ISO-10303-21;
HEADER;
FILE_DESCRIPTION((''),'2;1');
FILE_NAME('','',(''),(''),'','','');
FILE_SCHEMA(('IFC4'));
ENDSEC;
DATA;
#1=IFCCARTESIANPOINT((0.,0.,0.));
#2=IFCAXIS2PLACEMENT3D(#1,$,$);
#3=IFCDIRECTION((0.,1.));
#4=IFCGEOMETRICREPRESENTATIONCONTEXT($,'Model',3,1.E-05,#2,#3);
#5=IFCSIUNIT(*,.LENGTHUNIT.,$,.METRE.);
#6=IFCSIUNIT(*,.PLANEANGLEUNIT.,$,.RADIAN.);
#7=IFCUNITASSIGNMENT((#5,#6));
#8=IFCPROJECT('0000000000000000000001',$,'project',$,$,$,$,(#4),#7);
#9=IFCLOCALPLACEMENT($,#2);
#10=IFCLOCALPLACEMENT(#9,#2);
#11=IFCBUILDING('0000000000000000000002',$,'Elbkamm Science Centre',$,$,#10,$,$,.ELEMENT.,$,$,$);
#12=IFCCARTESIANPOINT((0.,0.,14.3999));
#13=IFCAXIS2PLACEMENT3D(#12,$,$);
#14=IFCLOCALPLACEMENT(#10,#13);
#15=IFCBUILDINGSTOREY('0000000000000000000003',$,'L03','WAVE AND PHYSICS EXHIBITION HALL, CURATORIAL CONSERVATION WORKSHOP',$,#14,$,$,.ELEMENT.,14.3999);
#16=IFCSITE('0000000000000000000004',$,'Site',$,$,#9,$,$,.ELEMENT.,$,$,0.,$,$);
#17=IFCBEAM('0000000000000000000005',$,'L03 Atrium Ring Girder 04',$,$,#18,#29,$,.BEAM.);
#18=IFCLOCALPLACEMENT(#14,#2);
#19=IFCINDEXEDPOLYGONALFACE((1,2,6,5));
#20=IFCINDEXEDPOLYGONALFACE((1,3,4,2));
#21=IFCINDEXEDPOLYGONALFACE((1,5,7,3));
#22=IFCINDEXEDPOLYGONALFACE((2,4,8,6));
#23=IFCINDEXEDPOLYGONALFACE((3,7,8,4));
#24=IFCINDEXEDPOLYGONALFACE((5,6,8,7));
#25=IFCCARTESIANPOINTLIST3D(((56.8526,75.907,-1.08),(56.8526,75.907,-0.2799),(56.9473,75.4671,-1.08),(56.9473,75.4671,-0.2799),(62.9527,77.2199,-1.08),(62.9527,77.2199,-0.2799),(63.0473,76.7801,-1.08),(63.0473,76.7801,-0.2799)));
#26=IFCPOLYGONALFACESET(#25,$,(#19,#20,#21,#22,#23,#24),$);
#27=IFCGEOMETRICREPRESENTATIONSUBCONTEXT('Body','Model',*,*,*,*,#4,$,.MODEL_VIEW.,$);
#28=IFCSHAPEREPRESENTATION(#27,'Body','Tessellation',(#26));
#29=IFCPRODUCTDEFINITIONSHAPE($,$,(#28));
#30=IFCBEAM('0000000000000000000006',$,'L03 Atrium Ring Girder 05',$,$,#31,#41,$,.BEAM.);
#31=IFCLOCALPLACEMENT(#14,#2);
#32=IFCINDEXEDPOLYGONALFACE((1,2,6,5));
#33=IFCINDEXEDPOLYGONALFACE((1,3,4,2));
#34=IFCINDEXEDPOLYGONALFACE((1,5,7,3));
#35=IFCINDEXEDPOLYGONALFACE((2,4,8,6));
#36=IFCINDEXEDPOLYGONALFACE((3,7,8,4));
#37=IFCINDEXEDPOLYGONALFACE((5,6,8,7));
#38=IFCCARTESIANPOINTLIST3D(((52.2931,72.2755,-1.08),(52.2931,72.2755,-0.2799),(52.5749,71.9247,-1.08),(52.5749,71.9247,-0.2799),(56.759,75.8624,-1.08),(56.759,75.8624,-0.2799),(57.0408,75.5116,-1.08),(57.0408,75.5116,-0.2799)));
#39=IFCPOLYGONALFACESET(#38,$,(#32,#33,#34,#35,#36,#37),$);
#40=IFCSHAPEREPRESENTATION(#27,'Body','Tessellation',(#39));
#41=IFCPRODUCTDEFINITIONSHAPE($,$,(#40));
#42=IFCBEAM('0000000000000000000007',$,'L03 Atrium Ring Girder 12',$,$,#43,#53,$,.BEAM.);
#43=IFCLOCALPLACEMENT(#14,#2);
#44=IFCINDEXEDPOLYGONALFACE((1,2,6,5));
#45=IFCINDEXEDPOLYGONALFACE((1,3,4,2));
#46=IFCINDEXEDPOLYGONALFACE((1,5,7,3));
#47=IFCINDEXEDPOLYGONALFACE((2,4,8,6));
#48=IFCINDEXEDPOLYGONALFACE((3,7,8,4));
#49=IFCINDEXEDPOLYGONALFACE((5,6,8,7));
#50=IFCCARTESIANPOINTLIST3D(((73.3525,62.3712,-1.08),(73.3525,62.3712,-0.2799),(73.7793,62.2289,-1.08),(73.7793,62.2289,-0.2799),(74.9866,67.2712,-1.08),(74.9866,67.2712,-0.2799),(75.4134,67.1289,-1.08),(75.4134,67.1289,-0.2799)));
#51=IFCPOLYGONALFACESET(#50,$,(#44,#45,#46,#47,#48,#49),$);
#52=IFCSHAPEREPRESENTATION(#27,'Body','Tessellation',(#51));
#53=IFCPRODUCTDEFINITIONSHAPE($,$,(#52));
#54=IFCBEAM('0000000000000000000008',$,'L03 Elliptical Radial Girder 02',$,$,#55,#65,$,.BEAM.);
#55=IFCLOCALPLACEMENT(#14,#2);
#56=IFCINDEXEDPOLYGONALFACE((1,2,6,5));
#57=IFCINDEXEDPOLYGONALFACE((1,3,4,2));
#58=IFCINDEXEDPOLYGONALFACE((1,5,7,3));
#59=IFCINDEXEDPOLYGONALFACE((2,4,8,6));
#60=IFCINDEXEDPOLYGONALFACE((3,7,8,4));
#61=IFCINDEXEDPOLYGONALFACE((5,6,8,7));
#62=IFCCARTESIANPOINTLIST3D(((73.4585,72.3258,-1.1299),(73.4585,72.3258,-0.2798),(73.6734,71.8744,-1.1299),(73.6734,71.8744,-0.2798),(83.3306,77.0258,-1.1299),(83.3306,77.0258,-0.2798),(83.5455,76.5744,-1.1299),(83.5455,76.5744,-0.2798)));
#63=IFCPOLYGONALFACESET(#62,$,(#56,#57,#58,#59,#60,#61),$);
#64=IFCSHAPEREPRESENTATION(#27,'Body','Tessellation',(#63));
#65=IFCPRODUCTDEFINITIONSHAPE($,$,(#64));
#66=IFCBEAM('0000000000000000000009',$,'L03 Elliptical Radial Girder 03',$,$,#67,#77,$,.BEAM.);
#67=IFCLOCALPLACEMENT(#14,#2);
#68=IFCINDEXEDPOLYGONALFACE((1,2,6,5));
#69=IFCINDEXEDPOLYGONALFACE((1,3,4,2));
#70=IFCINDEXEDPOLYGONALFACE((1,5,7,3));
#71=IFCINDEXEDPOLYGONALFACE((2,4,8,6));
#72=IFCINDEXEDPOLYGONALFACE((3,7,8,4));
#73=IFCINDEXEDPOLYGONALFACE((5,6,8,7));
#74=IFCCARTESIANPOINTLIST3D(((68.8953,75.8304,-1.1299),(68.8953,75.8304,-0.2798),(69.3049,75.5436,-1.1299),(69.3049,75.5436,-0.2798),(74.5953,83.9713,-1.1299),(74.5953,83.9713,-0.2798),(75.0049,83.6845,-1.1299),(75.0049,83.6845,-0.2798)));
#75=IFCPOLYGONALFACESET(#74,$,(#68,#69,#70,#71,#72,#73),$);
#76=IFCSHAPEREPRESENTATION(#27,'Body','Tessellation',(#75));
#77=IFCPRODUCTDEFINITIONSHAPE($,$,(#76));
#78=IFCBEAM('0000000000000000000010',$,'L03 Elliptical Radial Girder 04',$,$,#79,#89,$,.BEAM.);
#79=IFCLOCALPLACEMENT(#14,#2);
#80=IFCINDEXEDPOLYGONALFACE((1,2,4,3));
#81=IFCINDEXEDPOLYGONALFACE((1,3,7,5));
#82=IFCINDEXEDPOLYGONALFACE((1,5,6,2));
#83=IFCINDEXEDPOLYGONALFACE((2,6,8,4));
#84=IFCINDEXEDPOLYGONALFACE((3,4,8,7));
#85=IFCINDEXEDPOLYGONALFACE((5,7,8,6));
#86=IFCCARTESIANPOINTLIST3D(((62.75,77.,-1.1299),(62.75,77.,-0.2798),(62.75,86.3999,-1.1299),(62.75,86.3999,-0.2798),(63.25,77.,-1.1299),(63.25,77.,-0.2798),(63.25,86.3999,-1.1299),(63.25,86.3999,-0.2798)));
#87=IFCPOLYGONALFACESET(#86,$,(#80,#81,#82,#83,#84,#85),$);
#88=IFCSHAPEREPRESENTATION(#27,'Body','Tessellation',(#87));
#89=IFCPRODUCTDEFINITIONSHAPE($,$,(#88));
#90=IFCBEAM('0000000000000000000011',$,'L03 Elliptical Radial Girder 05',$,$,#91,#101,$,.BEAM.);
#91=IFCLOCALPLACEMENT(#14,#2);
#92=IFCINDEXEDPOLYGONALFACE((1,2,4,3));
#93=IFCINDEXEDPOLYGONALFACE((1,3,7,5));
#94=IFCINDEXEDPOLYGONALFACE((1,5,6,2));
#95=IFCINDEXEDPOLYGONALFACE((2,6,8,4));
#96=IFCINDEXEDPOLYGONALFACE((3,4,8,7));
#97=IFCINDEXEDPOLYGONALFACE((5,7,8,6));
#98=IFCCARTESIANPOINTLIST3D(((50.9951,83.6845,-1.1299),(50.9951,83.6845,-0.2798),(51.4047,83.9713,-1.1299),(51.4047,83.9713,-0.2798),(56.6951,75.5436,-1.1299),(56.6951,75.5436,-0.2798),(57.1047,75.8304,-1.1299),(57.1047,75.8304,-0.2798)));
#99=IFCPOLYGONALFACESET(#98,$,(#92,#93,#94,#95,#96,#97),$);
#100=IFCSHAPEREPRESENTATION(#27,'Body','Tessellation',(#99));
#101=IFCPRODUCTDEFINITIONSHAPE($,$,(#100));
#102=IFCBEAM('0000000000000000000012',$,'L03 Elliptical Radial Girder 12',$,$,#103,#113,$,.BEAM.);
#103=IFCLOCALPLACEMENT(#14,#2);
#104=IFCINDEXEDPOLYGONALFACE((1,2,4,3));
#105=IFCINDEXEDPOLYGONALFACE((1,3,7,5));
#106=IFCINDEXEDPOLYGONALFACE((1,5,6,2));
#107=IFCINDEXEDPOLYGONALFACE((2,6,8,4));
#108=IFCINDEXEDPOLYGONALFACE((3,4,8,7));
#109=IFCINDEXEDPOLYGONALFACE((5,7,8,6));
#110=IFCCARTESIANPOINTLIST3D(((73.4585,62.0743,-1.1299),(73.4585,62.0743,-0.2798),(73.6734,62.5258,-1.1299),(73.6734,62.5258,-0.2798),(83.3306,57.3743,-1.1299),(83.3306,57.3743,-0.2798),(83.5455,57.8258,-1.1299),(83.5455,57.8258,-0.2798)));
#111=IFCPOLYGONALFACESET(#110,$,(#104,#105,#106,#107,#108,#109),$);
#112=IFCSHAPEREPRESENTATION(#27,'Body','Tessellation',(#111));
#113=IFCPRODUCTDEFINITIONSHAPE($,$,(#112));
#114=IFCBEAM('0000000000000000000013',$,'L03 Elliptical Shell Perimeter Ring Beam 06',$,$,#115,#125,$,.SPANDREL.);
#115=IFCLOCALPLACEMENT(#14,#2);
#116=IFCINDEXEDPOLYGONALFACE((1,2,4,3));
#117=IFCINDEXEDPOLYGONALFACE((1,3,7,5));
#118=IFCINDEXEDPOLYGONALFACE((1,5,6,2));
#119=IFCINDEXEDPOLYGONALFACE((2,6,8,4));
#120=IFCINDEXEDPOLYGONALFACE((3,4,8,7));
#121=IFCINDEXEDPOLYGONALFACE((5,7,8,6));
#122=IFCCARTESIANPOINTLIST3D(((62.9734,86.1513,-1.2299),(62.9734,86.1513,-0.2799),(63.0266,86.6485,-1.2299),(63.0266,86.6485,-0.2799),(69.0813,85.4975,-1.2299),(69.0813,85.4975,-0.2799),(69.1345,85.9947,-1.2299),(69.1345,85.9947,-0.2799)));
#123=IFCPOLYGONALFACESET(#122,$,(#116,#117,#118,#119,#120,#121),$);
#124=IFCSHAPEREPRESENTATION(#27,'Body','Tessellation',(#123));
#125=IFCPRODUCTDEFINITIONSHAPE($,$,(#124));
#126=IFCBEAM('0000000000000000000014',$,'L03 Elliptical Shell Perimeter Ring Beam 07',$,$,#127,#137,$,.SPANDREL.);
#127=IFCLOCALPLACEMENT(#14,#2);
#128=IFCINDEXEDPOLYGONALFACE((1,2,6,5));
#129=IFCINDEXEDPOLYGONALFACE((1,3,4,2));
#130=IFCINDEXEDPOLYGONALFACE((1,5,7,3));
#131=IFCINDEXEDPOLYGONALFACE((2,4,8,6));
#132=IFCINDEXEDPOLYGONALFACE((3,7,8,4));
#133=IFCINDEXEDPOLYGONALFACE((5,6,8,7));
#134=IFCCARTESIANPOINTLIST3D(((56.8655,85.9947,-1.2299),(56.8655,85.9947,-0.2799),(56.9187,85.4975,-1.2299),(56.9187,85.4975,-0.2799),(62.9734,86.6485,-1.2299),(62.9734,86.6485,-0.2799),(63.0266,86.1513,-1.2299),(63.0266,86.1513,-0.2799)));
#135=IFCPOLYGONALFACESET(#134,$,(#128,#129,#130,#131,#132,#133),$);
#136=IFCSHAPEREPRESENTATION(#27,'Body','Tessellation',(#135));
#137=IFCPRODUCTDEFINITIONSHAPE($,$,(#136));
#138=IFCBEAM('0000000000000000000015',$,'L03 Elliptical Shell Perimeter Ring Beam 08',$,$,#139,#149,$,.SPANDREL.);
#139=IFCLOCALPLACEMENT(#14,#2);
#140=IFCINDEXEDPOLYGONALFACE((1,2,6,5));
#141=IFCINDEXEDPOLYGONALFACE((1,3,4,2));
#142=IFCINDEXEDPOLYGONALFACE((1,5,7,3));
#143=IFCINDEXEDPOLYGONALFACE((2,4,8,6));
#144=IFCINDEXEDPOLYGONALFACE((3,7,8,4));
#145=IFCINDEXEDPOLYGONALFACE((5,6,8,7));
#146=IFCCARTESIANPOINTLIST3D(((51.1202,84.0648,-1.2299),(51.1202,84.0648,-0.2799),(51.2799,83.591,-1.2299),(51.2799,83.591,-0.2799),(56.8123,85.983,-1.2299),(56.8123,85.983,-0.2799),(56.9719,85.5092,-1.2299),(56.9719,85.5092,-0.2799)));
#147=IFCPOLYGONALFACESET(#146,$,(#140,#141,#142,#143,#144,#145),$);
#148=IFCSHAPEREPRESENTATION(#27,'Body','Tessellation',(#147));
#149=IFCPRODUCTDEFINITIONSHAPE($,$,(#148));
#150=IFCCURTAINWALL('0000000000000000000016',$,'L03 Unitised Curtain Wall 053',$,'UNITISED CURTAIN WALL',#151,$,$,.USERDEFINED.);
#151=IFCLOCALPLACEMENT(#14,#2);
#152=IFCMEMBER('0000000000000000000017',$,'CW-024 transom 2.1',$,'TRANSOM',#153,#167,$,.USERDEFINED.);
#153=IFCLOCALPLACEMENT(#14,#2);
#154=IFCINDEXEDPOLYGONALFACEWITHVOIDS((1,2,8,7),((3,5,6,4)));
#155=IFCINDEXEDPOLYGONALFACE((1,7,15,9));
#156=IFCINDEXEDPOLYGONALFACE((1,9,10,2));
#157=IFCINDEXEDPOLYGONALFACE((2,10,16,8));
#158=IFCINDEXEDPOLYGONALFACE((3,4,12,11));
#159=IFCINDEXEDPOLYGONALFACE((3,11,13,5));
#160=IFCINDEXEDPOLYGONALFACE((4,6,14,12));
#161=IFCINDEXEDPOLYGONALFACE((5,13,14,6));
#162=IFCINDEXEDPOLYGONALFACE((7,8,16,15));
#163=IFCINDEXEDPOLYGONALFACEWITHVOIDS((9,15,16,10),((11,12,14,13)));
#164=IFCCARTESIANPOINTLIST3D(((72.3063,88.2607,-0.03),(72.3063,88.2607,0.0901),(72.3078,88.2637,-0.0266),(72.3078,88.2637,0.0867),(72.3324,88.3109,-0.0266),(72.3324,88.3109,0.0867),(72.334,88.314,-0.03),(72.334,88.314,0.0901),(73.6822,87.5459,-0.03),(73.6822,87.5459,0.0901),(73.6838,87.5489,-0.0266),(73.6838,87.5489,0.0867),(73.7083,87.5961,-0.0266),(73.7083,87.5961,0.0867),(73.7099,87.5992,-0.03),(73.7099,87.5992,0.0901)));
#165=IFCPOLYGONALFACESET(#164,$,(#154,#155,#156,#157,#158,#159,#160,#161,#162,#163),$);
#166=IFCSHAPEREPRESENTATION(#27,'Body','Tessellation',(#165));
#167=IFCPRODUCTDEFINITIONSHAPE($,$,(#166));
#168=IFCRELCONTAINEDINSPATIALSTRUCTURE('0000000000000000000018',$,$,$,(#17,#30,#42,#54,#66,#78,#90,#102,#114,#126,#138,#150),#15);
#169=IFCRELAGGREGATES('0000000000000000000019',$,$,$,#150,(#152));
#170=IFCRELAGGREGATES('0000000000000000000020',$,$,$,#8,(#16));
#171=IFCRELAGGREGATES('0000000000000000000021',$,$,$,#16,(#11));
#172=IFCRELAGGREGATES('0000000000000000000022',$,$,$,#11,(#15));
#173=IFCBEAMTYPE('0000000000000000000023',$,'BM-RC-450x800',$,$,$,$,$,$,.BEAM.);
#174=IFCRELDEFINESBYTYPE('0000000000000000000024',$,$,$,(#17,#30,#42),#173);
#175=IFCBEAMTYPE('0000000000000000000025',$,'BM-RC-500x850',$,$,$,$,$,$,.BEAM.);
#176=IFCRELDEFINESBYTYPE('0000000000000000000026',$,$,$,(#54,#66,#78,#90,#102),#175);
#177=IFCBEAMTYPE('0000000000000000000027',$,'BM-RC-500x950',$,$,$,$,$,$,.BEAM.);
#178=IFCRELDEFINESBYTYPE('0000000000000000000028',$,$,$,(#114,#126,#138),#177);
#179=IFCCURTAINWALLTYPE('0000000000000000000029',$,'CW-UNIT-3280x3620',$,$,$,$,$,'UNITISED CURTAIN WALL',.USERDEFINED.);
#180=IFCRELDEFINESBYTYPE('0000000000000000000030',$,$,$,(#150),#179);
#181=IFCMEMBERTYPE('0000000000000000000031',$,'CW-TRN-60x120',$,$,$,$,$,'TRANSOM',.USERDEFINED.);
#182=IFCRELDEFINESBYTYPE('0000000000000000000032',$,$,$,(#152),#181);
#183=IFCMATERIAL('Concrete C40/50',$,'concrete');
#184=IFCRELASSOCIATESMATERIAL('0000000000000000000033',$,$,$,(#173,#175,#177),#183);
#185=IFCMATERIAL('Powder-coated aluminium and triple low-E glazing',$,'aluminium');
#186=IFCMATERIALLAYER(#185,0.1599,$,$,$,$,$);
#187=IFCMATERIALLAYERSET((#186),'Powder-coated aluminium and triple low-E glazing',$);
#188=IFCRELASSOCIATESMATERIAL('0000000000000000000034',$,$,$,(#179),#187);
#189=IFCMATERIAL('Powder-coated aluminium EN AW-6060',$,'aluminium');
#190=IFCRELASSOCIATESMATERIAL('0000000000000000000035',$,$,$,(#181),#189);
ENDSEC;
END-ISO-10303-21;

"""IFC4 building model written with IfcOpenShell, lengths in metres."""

from ifc_helpers import new_model, si_unit, direction, frame, origin, origin_2d, place, context, subcontext, project, spatial, rectangle, hollow_rectangle, extrude, material, layer, layer_set, material_profile, profile_set, type_object, element, aggregate, save


model = new_model("IFC4")

# Units and contexts
model_context = context("Model", 3, precision=1e-05, world=origin(), true_north=direction((0.0, 1.0)))
body_context = subcontext(model_context, "Body", "Model", "MODEL_VIEW")
ifc_project = project(units=[si_unit("LENGTHUNIT", "METRE"), si_unit("PLANEANGLEUNIT", "RADIAN")], contexts=[model_context])

# Site, building, storey
site_placement = place(None, origin())
site = spatial("IfcSite", under=ifc_project, at=site_placement, Name="Site", CompositionType="ELEMENT", RefElevation=0.0)
building_placement = place(site_placement, origin())
building = spatial("IfcBuilding", under=site, at=building_placement, Name="Elbkamm Science Centre", CompositionType="ELEMENT")
storey_placement = place(building_placement, frame((0.0, 0.0, 14.3999)))
storey = spatial("IfcBuildingStorey", under=building, at=storey_placement, Name="L03", Description="WAVE AND PHYSICS EXHIBITION HALL, CURATORIAL CONSERVATION WORKSHOP", CompositionType="ELEMENT", Elevation=14.3999)

# Shared definitions
ifc_material_1 = material(Name="Concrete C40/50", Category="concrete")

# Beams
ifc_material_profile_1 = material_profile(ifc_material_1, rectangle(XDim=0.45, YDim=0.8, at=origin_2d()), Name="RC 450x800")
ifc_profile_set_1 = profile_set([ifc_material_profile_1], Name="Concrete C40/50")
beam_type_1 = type_object("IfcBeamType", Name="BM-RC-450x800", PredefinedType="BEAM", material=ifc_profile_set_1)
for number, where, z_axis, x_axis, name in (
    (1, (63.0, 77.0, -0.6799), (-0.977611, -0.210421, 0.0), (0.210421, -0.977611, 0.0), "L03 Atrium Ring Girder 04"),
):
    element("IfcBeam", number, at=place(storey_placement, frame(where, z_axis=z_axis, x_axis=x_axis)), inside=storey, type_object=beam_type_1, Name=name, PredefinedType="BEAM", context=body_context, shape_type="SweptSolid", body=[
        extrude(rectangle(XDim=0.45, YDim=0.8, at=origin_2d()), origin(), (0.0, 0.0, 1.0), 6.2397),
    ])
beam_1_placement = place(storey_placement, frame((56.8999, 75.687, -0.6799), z_axis=(-0.779653, -0.626212, 0.0), x_axis=(0.626212, -0.779653, 0.0)))
element("IfcBeam", 2, at=beam_1_placement, inside=storey, type_object=beam_type_1, Name="L03 Atrium Ring Girder 05", PredefinedType="BEAM", context=body_context, shape_type="SweptSolid", body=[
    extrude(rectangle(XDim=0.45, YDim=0.8, at=origin_2d()), origin(), (0.0, 0.0, 1.0), 5.728),
])
beam_2_placement = place(storey_placement, frame((73.5659, 62.3, -0.6799), z_axis=(0.316355, 0.948641, 0.0), x_axis=(-0.948641, 0.316355, 0.0)))
element("IfcBeam", 3, at=beam_2_placement, inside=storey, type_object=beam_type_1, Name="L03 Atrium Ring Girder 12", PredefinedType="BEAM", context=body_context, shape_type="SweptSolid", body=[
    extrude(rectangle(XDim=0.45, YDim=0.8, at=origin_2d()), origin(), (0.0, 0.0, 1.0), 5.1653),
])
ifc_material_profile_2 = material_profile(ifc_material_1, rectangle(XDim=0.5, YDim=0.8501, at=origin_2d()), Name="RC 500x850")
ifc_profile_set_2 = profile_set([ifc_material_profile_2], Name="Concrete C40/50")
beam_type_2 = type_object("IfcBeamType", Name="BM-RC-500x850", PredefinedType="BEAM", material=ifc_profile_set_2)
beam_3_placement = place(storey_placement, frame((73.5659, 72.1001, -0.7048), z_axis=(0.902897, 0.429856, 0.0), x_axis=(-0.429856, 0.902897, 0.0)))
element("IfcBeam", 4, at=beam_3_placement, inside=storey, type_object=beam_type_2, Name="L03 Elliptical Radial Girder 02", PredefinedType="BEAM", context=body_context, shape_type="SweptSolid", body=[
    extrude(rectangle(XDim=0.5, YDim=0.8501, at=origin_2d()), origin(), (0.0, 0.0, 1.0), 10.9338),
])
beam_4_placement = place(storey_placement, frame((69.1001, 75.687, -0.7048), z_axis=(0.573553, 0.819168, 0.0), x_axis=(-0.819168, 0.573553, 0.0)))
element("IfcBeam", 5, at=beam_4_placement, inside=storey, type_object=beam_type_2, Name="L03 Elliptical Radial Girder 03", PredefinedType="BEAM", context=body_context, shape_type="SweptSolid", body=[
    extrude(rectangle(XDim=0.5, YDim=0.8501, at=origin_2d()), origin(), (0.0, 0.0, 1.0), 9.938),
])
beam_5_placement = place(storey_placement, frame((63.0, 77.0, -0.7048), z_axis=(0.0, 1.0, 0.0), x_axis=(-1.0, 0.0, 0.0)))
element("IfcBeam", 6, at=beam_5_placement, inside=storey, type_object=beam_type_2, Name="L03 Elliptical Radial Girder 04", PredefinedType="BEAM", context=body_context, shape_type="SweptSolid", body=[
    extrude(rectangle(XDim=0.5, YDim=0.8501, at=origin_2d()), origin(), (0.0, 0.0, 1.0), 9.3999),
])
beam_6_placement = place(storey_placement, frame((56.8999, 75.687, -0.7048), z_axis=(-0.573553, 0.819168, 0.0), x_axis=(-0.819168, -0.573553, 0.0)))
element("IfcBeam", 7, at=beam_6_placement, inside=storey, type_object=beam_type_2, Name="L03 Elliptical Radial Girder 05", PredefinedType="BEAM", context=body_context, shape_type="SweptSolid", body=[
    extrude(rectangle(XDim=0.5, YDim=0.8501, at=origin_2d()), origin(), (0.0, 0.0, 1.0), 9.938),
])
beam_7_placement = place(storey_placement, frame((73.5659, 62.3, -0.7048), z_axis=(0.902897, -0.429856, 0.0), x_axis=(0.429856, 0.902897, 0.0)))
element("IfcBeam", 8, at=beam_7_placement, inside=storey, type_object=beam_type_2, Name="L03 Elliptical Radial Girder 12", PredefinedType="BEAM", context=body_context, shape_type="SweptSolid", body=[
    extrude(rectangle(XDim=0.5, YDim=0.8501, at=origin_2d()), origin(), (0.0, 0.0, 1.0), 10.9338),
])
ifc_material_profile_3 = material_profile(ifc_material_1, rectangle(XDim=0.5, YDim=0.95, at=origin_2d()), Name="RC 500x950")
ifc_profile_set_3 = profile_set([ifc_material_profile_3], Name="Concrete C40/50")
beam_type_3 = type_object("IfcBeamType", Name="BM-RC-500x950", PredefinedType="BEAM", material=ifc_profile_set_3)
for number, where, z_axis, x_axis, name in (
    (9, (69.1079, 85.7461, -0.7549), (-0.99432, 0.106435, 0.0), (-0.106435, -0.99432, 0.0), "L03 Elliptical Shell Perimeter Ring Beam 06"),
    (10, (63.0, 86.3999, -0.7549), (-0.99432, -0.106435, 0.0), (0.106435, -0.99432, 0.0), "L03 Elliptical Shell Perimeter Ring Beam 07"),
):
    element("IfcBeam", number, at=place(storey_placement, frame(where, z_axis=z_axis, x_axis=x_axis)), inside=storey, type_object=beam_type_3, Name=name, PredefinedType="SPANDREL", context=body_context, shape_type="SweptSolid", body=[
        extrude(rectangle(XDim=0.5, YDim=0.95, at=origin_2d()), origin(), (0.0, 0.0, 1.0), 6.1428),
    ])
beam_8_placement = place(storey_placement, frame((56.8921, 85.7461, -0.7549), z_axis=(-0.947638, -0.319348, 0.0), x_axis=(0.319348, -0.947638, 0.0)))
element("IfcBeam", 11, at=beam_8_placement, inside=storey, type_object=beam_type_3, Name="L03 Elliptical Shell Perimeter Ring Beam 08", PredefinedType="SPANDREL", context=body_context, shape_type="SweptSolid", body=[
    extrude(rectangle(XDim=0.5, YDim=0.95, at=origin_2d()), origin(), (0.0, 0.0, 1.0), 6.0066),
])

# Curtain wall, member
ifc_material_2 = material(Name="Powder-coated aluminium and triple low-E glazing", Category="aluminium")
ifc_layer = layer(ifc_material_2, 0.1599)
ifc_layer_set = layer_set([ifc_layer], Name="Powder-coated aluminium and triple low-E glazing")
curtain_wall_type = type_object("IfcCurtainWallType", Name="CW-UNIT-3280x3620", ElementType="UNITISED CURTAIN WALL", PredefinedType="USERDEFINED", material=ifc_layer_set)
curtain_wall_placement = place(storey_placement, origin())
curtain_wall = element("IfcCurtainWall", 12, at=curtain_wall_placement, inside=storey, type_object=curtain_wall_type, Name="L03 Unitised Curtain Wall 053", ObjectType="UNITISED CURTAIN WALL", PredefinedType="USERDEFINED")
ifc_material_3 = material(Name="Powder-coated aluminium EN AW-6060", Category="aluminium")
ifc_material_profile_4 = material_profile(ifc_material_3, hollow_rectangle(XDim=0.0601, YDim=0.1201, WallThickness=0.0034, at=origin_2d()), Name="ALU T60x120")
ifc_profile_set_4 = profile_set([ifc_material_profile_4], Name="Powder-coated aluminium EN AW-6060")
member_type = type_object("IfcMemberType", Name="CW-TRN-60x120", ElementType="TRANSOM", PredefinedType="USERDEFINED", material=ifc_profile_set_4)
member_placement = place(storey_placement, frame((73.696, 87.5725, 0.03), z_axis=(-0.887392, 0.461016, 0.0), x_axis=(-0.461016, -0.887392, 0.0)))
member = element("IfcMember", 13, at=member_placement, type_object=member_type, Name="CW-024 transom 2.1", ObjectType="TRANSOM", PredefinedType="USERDEFINED", context=body_context, shape_type="SweptSolid", body=[
    extrude(hollow_rectangle(XDim=0.0601, YDim=0.1201, WallThickness=0.0034, at=origin_2d()), origin(), (0.0, 0.0, 1.0), 1.5505),
])
aggregate(curtain_wall, [member])

save(model, "model.ifc")
